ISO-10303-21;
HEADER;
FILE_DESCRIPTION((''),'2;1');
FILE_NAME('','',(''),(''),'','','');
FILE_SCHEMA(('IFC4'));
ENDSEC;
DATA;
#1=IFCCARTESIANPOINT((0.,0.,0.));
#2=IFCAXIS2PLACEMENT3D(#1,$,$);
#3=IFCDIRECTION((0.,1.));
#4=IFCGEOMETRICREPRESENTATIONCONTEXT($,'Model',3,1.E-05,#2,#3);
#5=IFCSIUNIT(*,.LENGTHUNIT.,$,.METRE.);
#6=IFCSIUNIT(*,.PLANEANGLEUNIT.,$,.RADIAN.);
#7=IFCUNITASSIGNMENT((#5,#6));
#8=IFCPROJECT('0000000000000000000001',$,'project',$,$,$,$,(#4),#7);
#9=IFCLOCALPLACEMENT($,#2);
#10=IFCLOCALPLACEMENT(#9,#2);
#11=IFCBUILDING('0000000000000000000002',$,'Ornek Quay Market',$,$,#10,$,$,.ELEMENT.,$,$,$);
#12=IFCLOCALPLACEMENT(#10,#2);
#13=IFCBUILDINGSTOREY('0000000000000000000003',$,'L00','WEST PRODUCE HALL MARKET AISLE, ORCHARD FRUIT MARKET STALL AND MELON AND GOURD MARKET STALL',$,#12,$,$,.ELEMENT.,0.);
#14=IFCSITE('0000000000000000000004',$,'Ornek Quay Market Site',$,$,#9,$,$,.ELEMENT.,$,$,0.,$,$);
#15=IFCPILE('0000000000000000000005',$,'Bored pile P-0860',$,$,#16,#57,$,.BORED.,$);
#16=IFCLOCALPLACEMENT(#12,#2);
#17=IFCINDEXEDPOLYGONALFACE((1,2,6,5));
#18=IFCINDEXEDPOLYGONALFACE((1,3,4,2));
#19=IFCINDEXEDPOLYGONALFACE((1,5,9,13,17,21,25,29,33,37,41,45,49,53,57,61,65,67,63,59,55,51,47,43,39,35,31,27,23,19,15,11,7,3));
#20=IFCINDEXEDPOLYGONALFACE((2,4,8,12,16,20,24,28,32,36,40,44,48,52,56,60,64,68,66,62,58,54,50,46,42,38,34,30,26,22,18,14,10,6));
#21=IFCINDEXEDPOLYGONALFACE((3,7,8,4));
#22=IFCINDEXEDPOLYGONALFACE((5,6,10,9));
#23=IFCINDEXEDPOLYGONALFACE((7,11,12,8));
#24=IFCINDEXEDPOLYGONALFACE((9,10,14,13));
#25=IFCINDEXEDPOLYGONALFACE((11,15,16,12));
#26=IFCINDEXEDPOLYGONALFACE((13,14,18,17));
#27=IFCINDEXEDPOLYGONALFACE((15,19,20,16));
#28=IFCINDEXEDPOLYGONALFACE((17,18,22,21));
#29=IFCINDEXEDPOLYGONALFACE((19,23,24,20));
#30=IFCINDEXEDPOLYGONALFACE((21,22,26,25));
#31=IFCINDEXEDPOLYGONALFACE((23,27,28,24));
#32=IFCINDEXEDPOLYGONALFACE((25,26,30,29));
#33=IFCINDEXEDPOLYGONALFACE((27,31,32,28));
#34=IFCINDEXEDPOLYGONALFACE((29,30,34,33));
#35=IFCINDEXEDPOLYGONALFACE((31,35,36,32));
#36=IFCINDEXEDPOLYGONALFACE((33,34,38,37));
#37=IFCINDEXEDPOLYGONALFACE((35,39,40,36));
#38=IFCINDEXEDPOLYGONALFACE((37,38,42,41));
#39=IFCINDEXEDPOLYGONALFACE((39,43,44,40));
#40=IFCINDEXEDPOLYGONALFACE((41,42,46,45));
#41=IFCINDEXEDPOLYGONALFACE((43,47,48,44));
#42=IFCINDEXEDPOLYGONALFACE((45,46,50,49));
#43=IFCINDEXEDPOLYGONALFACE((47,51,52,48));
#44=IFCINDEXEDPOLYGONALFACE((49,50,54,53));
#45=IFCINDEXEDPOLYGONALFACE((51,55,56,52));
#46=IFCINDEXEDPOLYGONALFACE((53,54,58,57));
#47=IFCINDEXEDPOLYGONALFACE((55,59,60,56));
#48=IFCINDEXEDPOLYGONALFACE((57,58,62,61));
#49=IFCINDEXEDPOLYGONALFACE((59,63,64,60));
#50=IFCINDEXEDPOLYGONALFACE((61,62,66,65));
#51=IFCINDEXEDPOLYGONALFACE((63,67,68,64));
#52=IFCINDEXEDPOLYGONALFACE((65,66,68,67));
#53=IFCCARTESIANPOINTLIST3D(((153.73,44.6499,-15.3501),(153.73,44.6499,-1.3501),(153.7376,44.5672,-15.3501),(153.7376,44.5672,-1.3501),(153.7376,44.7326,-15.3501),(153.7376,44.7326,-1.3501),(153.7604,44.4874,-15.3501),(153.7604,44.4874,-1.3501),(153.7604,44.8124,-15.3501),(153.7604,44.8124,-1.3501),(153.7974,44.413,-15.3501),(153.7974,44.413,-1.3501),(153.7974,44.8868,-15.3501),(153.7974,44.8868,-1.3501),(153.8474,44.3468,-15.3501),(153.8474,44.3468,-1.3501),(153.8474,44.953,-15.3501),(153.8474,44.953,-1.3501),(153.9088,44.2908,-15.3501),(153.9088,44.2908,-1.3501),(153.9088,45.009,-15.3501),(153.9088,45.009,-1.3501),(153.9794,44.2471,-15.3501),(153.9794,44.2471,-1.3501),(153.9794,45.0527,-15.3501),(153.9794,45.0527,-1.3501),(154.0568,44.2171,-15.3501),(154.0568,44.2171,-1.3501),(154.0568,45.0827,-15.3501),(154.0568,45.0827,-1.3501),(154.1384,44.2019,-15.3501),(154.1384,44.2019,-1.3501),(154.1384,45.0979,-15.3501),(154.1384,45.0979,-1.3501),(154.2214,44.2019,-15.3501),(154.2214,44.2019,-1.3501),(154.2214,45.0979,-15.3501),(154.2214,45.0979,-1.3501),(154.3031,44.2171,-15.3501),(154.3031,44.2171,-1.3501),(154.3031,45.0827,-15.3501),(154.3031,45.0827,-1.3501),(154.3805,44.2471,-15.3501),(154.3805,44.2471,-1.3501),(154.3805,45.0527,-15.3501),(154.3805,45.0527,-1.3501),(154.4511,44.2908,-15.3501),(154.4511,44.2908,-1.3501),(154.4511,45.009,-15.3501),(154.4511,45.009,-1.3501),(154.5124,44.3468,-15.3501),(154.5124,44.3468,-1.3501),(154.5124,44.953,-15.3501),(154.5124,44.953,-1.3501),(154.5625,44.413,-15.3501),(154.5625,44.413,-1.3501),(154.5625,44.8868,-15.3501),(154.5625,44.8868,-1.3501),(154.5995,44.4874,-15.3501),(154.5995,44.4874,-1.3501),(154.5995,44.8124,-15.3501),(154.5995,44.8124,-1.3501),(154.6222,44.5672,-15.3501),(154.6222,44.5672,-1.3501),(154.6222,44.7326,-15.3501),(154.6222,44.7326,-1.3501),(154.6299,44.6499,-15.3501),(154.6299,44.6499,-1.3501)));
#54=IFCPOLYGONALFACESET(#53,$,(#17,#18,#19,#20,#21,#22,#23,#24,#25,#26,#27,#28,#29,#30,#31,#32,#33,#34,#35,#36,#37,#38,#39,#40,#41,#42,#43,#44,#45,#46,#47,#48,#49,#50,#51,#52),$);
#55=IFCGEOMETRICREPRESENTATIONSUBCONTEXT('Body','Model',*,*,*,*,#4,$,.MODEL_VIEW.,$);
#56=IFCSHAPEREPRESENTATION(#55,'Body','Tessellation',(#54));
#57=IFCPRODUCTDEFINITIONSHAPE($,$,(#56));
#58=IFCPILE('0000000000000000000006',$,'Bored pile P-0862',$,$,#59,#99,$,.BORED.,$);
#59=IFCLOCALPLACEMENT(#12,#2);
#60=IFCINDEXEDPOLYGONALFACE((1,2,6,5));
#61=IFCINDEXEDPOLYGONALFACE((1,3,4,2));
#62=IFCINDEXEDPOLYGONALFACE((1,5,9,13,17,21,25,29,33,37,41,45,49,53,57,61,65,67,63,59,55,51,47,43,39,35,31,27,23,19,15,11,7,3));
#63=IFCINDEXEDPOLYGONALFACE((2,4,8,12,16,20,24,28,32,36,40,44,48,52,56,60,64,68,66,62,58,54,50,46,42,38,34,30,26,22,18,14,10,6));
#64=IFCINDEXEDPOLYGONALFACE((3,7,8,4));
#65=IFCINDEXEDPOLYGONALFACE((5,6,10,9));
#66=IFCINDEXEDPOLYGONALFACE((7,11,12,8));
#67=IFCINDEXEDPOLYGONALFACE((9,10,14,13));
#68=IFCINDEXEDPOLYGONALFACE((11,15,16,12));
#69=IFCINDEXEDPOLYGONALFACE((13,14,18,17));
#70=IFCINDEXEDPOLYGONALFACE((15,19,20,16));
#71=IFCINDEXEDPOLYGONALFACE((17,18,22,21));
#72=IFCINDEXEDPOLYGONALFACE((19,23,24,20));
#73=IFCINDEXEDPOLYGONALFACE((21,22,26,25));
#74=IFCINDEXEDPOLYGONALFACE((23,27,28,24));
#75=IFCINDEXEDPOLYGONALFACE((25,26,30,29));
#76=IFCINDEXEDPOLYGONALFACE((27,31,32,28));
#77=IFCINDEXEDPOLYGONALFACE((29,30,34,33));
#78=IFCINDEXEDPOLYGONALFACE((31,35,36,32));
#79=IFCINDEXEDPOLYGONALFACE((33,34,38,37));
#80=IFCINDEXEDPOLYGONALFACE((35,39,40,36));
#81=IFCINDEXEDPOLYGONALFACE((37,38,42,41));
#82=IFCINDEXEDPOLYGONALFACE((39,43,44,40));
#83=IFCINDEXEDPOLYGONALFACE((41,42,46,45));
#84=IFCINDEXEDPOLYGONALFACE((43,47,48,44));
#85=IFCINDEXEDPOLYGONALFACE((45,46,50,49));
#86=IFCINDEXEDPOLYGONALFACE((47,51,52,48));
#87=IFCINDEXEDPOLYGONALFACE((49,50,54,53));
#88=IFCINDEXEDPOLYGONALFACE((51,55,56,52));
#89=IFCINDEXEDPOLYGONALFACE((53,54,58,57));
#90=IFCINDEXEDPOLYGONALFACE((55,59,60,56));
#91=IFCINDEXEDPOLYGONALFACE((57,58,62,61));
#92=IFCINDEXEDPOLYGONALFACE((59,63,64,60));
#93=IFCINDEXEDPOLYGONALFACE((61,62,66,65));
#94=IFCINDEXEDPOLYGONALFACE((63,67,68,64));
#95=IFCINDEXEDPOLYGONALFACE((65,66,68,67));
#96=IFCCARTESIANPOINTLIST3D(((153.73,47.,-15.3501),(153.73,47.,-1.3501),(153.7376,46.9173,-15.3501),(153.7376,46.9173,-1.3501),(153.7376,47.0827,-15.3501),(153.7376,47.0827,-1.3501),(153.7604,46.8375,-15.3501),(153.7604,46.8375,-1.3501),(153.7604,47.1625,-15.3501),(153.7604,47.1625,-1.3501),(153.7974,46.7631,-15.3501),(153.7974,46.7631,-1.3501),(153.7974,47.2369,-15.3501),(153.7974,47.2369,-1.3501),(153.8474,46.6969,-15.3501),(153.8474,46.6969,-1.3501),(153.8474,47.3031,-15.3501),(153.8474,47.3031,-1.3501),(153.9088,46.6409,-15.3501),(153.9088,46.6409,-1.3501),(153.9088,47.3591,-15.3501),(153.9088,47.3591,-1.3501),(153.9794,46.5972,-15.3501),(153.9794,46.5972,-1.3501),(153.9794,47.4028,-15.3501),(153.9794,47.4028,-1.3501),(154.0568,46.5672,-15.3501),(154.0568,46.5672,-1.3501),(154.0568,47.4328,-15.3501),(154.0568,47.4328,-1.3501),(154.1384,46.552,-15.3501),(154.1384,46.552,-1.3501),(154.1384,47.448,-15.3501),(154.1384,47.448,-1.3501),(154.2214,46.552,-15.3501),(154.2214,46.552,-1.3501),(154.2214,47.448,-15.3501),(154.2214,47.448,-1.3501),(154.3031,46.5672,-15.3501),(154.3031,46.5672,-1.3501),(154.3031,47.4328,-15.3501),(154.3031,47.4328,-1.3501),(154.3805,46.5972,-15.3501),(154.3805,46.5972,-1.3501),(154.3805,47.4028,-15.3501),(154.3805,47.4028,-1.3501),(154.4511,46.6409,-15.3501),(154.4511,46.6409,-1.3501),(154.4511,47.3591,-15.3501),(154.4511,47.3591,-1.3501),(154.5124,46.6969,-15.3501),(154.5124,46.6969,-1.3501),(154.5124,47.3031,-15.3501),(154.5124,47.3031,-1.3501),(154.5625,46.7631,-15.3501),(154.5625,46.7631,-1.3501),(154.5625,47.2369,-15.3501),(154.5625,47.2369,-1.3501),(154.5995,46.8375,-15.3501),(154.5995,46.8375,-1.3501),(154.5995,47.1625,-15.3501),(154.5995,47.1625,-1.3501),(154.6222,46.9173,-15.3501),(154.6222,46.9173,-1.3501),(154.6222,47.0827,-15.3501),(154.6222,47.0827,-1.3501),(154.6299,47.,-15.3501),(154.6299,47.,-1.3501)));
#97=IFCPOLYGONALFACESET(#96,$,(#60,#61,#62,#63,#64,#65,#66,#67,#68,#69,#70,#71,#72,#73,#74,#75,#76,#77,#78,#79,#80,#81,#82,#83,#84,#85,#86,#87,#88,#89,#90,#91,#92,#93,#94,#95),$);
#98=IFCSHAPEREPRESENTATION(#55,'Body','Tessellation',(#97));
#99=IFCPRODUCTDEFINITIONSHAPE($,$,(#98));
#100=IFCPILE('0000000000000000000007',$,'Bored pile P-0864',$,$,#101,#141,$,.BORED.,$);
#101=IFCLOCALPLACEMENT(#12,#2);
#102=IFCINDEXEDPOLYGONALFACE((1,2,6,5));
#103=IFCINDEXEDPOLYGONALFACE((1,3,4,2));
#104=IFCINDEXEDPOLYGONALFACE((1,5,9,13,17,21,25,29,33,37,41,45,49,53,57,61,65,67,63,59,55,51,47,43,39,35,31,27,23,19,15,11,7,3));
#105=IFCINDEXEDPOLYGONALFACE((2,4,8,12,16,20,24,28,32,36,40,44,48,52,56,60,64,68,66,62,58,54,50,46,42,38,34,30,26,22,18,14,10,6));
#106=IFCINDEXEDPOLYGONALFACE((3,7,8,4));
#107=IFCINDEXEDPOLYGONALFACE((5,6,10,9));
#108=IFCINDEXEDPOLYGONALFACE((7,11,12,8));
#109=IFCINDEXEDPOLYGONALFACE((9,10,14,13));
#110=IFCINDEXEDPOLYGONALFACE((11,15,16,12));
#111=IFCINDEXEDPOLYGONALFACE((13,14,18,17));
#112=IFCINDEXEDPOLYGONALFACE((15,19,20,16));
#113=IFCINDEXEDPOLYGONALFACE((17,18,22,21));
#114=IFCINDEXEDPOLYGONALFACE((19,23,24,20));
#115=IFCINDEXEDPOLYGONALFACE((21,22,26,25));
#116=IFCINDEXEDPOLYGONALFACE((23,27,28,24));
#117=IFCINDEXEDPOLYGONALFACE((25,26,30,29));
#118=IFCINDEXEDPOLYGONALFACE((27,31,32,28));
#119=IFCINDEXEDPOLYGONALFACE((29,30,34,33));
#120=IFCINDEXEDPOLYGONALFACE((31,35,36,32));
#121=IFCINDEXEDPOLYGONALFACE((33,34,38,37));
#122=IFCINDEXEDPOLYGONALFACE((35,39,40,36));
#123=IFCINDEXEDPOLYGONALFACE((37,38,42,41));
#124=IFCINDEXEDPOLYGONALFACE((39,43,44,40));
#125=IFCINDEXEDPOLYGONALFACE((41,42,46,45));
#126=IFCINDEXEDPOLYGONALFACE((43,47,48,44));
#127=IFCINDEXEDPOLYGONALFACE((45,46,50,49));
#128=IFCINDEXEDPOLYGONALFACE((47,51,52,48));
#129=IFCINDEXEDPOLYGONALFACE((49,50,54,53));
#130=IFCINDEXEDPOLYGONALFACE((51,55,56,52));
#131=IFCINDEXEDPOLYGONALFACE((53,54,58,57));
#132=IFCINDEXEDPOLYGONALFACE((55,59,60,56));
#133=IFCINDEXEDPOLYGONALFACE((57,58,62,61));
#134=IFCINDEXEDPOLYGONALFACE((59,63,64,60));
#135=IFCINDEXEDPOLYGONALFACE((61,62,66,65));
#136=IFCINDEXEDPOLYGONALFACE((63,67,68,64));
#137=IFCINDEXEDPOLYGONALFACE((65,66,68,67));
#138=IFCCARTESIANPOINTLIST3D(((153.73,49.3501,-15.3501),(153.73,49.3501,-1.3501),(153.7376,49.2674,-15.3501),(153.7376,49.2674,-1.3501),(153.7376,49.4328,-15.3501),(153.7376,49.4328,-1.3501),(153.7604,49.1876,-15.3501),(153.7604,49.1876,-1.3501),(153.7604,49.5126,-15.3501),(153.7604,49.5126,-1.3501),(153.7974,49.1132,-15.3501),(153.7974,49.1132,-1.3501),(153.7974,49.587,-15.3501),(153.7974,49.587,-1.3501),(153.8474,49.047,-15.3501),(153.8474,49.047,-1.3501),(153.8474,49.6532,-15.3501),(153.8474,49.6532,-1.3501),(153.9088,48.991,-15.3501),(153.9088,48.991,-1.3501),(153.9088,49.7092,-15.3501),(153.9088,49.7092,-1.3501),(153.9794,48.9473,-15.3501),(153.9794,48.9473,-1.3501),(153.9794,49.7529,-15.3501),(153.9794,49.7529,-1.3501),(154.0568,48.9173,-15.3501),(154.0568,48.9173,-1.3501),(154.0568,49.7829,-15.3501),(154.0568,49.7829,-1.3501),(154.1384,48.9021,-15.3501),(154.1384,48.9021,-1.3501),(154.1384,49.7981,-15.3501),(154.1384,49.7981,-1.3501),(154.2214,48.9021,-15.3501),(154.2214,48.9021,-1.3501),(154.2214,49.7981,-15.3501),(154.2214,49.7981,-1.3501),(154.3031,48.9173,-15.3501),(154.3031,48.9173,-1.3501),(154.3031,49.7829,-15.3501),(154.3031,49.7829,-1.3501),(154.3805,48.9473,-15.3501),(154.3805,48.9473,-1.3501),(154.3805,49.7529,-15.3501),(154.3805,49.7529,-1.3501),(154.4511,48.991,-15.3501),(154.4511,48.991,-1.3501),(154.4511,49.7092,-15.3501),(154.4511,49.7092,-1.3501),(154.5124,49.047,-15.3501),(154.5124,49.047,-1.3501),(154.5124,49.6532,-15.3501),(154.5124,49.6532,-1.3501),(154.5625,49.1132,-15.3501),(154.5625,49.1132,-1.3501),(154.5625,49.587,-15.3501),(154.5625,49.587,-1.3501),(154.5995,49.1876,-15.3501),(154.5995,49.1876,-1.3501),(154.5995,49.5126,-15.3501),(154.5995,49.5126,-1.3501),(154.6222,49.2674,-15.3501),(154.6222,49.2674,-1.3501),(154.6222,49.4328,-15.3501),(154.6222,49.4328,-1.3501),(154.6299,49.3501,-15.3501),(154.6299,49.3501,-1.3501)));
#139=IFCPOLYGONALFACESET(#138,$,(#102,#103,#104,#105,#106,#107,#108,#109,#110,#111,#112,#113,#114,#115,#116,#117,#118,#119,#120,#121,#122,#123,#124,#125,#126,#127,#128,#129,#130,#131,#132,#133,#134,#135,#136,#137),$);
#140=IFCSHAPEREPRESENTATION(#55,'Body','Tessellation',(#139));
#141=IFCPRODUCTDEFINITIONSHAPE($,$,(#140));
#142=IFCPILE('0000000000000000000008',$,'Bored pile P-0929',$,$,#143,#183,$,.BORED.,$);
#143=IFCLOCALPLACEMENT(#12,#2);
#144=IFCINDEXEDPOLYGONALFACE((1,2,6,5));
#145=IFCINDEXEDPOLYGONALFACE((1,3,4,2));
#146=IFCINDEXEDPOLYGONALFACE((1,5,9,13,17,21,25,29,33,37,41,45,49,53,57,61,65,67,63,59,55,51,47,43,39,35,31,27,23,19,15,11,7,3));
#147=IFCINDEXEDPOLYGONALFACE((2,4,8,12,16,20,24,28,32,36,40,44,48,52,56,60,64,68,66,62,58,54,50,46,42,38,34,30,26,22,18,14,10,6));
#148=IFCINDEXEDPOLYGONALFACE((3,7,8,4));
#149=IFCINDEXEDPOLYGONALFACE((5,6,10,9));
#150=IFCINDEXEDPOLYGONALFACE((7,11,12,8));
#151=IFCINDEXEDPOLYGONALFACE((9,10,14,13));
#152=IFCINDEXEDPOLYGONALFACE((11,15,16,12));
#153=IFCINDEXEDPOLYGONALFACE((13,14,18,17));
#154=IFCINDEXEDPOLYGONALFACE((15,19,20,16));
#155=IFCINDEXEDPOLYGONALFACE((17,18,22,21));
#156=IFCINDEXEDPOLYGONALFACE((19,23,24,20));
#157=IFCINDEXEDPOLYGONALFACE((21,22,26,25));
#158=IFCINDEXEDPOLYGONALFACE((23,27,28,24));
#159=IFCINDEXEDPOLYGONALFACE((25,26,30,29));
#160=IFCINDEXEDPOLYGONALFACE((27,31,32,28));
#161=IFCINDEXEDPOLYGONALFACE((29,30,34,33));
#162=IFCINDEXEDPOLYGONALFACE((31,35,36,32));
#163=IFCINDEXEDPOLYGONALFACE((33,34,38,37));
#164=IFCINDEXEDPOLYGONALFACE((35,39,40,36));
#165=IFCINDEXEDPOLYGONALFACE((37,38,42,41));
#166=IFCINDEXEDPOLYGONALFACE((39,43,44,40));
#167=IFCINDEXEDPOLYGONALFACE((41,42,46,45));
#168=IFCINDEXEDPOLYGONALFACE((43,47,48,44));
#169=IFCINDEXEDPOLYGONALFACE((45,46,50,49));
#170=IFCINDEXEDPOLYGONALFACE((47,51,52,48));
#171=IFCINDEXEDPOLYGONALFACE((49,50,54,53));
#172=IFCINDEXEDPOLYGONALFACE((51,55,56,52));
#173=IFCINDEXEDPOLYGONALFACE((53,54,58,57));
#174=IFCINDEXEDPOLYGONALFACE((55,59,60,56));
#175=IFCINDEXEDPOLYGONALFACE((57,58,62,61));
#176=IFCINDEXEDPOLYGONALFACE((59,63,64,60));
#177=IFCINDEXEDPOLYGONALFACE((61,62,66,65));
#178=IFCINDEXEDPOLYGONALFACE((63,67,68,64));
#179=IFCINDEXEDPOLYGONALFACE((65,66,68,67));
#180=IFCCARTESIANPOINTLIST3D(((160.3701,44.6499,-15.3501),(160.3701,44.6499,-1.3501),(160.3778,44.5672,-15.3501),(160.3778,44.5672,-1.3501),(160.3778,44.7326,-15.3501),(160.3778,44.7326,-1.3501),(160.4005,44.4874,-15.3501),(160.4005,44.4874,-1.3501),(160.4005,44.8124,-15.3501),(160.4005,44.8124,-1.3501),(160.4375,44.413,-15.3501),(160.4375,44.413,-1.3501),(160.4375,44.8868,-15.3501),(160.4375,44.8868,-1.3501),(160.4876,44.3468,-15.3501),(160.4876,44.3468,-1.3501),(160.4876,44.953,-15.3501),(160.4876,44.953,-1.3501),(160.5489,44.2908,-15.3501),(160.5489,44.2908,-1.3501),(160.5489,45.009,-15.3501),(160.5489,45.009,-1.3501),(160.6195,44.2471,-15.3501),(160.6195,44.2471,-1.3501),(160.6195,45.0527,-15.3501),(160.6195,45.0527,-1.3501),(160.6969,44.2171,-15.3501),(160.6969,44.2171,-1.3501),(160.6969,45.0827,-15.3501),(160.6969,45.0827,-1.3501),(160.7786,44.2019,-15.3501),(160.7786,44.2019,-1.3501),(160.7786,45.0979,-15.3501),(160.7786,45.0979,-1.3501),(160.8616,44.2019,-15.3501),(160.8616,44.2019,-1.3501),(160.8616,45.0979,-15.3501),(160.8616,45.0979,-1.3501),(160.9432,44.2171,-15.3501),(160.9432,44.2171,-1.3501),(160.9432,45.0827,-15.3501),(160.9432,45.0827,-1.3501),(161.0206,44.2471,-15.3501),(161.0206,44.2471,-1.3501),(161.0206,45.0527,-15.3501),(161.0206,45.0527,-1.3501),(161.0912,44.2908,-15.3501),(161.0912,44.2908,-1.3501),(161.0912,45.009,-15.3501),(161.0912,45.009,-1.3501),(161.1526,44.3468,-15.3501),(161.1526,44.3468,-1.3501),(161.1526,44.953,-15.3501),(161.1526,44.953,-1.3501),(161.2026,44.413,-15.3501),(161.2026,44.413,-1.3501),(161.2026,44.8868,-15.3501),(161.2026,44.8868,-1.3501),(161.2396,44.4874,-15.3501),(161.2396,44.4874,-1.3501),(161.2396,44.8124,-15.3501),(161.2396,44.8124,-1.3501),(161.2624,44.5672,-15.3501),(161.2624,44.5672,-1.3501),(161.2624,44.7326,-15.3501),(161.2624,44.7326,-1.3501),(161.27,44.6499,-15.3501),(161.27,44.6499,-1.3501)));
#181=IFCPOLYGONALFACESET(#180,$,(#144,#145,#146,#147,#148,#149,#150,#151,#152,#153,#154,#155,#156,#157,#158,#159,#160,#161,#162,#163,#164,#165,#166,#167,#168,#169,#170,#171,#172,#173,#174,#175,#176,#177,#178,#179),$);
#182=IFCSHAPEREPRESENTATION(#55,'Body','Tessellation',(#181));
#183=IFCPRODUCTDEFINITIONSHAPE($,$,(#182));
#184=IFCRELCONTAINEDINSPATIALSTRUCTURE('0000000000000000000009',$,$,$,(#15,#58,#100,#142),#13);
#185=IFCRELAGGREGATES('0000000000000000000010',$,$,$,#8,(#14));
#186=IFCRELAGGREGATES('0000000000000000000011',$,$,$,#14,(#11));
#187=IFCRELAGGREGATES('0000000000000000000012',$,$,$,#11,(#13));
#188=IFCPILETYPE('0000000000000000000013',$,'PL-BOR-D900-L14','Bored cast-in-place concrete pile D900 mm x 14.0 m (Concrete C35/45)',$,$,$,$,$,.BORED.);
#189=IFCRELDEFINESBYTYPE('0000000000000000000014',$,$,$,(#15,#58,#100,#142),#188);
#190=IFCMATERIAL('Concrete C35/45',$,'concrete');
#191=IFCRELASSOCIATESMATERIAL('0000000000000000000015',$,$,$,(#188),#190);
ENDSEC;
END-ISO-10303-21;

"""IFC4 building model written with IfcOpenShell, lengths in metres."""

from ifc_helpers import new_model, si_unit, direction, frame, origin, origin_2d, place, context, subcontext, project, spatial, circle, extrude, material, material_profile, profile_set, type_object, element, save


model = new_model("IFC4")

# Units and contexts
model_context = context("Model", 3, precision=1e-05, world=origin(), true_north=direction((0.0, 1.0)))
body_context = subcontext(model_context, "Body", "Model", "MODEL_VIEW")
ifc_project = project(units=[si_unit("LENGTHUNIT", "METRE"), si_unit("PLANEANGLEUNIT", "RADIAN")], contexts=[model_context])

# Site, building, storey
site_placement = place(None, origin())
site = spatial("IfcSite", under=ifc_project, at=site_placement, Name="Ornek Quay Market Site", CompositionType="ELEMENT", RefElevation=0.0)
building_placement = place(site_placement, origin())
building = spatial("IfcBuilding", under=site, at=building_placement, Name="Ornek Quay Market", CompositionType="ELEMENT")
storey_placement = place(building_placement, origin())
storey = spatial("IfcBuildingStorey", under=building, at=storey_placement, Name="L00", Description="WEST PRODUCE HALL MARKET AISLE, ORCHARD FRUIT MARKET STALL AND MELON AND GOURD MARKET STALL", CompositionType="ELEMENT", Elevation=0.0)

# Piles
ifc_material_1 = material(Name="Concrete C35/45", Category="concrete")
ifc_material_profile_1 = material_profile(ifc_material_1, circle(Radius=0.45, at=origin_2d()), Name="PILE D900", Category="concrete")
ifc_profile_set_1 = profile_set([ifc_material_profile_1], Name="Concrete C35/45")
pile_type = type_object("IfcPileType", Name="PL-BOR-D900-L14", Description="Bored cast-in-place concrete pile D900 mm x 14.0 m (Concrete C35/45)", PredefinedType="BORED", material=ifc_profile_set_1)
for number, where, z_axis, x_axis, name in (
    (1, (154.1799, 44.6499, -1.3501), (0.0, 0.0, -1.0), (1.0, 0.0, 0.0), "Bored pile P-0860"),
    (2, (154.1799, 47.0, -1.3501), (0.0, 0.0, -1.0), (1.0, 0.0, 0.0), "Bored pile P-0862"),
    (3, (154.1799, 49.3501, -1.3501), (0.0, 0.0, -1.0), (1.0, 0.0, 0.0), "Bored pile P-0864"),
    (4, (160.8201, 44.6499, -1.3501), (0.0, 0.0, -1.0), (1.0, 0.0, 0.0), "Bored pile P-0929"),
):
    element("IfcPile", number, at=place(storey_placement, frame(where, z_axis=z_axis, x_axis=x_axis)), inside=storey, type_object=pile_type, Name=name, PredefinedType="BORED", context=body_context, shape_type="SweptSolid", body=[
        extrude(circle(Radius=0.45, at=origin_2d()), origin(), (0.0, 0.0, 1.0), 14.0),
    ])

save(model, "model.ifc")
